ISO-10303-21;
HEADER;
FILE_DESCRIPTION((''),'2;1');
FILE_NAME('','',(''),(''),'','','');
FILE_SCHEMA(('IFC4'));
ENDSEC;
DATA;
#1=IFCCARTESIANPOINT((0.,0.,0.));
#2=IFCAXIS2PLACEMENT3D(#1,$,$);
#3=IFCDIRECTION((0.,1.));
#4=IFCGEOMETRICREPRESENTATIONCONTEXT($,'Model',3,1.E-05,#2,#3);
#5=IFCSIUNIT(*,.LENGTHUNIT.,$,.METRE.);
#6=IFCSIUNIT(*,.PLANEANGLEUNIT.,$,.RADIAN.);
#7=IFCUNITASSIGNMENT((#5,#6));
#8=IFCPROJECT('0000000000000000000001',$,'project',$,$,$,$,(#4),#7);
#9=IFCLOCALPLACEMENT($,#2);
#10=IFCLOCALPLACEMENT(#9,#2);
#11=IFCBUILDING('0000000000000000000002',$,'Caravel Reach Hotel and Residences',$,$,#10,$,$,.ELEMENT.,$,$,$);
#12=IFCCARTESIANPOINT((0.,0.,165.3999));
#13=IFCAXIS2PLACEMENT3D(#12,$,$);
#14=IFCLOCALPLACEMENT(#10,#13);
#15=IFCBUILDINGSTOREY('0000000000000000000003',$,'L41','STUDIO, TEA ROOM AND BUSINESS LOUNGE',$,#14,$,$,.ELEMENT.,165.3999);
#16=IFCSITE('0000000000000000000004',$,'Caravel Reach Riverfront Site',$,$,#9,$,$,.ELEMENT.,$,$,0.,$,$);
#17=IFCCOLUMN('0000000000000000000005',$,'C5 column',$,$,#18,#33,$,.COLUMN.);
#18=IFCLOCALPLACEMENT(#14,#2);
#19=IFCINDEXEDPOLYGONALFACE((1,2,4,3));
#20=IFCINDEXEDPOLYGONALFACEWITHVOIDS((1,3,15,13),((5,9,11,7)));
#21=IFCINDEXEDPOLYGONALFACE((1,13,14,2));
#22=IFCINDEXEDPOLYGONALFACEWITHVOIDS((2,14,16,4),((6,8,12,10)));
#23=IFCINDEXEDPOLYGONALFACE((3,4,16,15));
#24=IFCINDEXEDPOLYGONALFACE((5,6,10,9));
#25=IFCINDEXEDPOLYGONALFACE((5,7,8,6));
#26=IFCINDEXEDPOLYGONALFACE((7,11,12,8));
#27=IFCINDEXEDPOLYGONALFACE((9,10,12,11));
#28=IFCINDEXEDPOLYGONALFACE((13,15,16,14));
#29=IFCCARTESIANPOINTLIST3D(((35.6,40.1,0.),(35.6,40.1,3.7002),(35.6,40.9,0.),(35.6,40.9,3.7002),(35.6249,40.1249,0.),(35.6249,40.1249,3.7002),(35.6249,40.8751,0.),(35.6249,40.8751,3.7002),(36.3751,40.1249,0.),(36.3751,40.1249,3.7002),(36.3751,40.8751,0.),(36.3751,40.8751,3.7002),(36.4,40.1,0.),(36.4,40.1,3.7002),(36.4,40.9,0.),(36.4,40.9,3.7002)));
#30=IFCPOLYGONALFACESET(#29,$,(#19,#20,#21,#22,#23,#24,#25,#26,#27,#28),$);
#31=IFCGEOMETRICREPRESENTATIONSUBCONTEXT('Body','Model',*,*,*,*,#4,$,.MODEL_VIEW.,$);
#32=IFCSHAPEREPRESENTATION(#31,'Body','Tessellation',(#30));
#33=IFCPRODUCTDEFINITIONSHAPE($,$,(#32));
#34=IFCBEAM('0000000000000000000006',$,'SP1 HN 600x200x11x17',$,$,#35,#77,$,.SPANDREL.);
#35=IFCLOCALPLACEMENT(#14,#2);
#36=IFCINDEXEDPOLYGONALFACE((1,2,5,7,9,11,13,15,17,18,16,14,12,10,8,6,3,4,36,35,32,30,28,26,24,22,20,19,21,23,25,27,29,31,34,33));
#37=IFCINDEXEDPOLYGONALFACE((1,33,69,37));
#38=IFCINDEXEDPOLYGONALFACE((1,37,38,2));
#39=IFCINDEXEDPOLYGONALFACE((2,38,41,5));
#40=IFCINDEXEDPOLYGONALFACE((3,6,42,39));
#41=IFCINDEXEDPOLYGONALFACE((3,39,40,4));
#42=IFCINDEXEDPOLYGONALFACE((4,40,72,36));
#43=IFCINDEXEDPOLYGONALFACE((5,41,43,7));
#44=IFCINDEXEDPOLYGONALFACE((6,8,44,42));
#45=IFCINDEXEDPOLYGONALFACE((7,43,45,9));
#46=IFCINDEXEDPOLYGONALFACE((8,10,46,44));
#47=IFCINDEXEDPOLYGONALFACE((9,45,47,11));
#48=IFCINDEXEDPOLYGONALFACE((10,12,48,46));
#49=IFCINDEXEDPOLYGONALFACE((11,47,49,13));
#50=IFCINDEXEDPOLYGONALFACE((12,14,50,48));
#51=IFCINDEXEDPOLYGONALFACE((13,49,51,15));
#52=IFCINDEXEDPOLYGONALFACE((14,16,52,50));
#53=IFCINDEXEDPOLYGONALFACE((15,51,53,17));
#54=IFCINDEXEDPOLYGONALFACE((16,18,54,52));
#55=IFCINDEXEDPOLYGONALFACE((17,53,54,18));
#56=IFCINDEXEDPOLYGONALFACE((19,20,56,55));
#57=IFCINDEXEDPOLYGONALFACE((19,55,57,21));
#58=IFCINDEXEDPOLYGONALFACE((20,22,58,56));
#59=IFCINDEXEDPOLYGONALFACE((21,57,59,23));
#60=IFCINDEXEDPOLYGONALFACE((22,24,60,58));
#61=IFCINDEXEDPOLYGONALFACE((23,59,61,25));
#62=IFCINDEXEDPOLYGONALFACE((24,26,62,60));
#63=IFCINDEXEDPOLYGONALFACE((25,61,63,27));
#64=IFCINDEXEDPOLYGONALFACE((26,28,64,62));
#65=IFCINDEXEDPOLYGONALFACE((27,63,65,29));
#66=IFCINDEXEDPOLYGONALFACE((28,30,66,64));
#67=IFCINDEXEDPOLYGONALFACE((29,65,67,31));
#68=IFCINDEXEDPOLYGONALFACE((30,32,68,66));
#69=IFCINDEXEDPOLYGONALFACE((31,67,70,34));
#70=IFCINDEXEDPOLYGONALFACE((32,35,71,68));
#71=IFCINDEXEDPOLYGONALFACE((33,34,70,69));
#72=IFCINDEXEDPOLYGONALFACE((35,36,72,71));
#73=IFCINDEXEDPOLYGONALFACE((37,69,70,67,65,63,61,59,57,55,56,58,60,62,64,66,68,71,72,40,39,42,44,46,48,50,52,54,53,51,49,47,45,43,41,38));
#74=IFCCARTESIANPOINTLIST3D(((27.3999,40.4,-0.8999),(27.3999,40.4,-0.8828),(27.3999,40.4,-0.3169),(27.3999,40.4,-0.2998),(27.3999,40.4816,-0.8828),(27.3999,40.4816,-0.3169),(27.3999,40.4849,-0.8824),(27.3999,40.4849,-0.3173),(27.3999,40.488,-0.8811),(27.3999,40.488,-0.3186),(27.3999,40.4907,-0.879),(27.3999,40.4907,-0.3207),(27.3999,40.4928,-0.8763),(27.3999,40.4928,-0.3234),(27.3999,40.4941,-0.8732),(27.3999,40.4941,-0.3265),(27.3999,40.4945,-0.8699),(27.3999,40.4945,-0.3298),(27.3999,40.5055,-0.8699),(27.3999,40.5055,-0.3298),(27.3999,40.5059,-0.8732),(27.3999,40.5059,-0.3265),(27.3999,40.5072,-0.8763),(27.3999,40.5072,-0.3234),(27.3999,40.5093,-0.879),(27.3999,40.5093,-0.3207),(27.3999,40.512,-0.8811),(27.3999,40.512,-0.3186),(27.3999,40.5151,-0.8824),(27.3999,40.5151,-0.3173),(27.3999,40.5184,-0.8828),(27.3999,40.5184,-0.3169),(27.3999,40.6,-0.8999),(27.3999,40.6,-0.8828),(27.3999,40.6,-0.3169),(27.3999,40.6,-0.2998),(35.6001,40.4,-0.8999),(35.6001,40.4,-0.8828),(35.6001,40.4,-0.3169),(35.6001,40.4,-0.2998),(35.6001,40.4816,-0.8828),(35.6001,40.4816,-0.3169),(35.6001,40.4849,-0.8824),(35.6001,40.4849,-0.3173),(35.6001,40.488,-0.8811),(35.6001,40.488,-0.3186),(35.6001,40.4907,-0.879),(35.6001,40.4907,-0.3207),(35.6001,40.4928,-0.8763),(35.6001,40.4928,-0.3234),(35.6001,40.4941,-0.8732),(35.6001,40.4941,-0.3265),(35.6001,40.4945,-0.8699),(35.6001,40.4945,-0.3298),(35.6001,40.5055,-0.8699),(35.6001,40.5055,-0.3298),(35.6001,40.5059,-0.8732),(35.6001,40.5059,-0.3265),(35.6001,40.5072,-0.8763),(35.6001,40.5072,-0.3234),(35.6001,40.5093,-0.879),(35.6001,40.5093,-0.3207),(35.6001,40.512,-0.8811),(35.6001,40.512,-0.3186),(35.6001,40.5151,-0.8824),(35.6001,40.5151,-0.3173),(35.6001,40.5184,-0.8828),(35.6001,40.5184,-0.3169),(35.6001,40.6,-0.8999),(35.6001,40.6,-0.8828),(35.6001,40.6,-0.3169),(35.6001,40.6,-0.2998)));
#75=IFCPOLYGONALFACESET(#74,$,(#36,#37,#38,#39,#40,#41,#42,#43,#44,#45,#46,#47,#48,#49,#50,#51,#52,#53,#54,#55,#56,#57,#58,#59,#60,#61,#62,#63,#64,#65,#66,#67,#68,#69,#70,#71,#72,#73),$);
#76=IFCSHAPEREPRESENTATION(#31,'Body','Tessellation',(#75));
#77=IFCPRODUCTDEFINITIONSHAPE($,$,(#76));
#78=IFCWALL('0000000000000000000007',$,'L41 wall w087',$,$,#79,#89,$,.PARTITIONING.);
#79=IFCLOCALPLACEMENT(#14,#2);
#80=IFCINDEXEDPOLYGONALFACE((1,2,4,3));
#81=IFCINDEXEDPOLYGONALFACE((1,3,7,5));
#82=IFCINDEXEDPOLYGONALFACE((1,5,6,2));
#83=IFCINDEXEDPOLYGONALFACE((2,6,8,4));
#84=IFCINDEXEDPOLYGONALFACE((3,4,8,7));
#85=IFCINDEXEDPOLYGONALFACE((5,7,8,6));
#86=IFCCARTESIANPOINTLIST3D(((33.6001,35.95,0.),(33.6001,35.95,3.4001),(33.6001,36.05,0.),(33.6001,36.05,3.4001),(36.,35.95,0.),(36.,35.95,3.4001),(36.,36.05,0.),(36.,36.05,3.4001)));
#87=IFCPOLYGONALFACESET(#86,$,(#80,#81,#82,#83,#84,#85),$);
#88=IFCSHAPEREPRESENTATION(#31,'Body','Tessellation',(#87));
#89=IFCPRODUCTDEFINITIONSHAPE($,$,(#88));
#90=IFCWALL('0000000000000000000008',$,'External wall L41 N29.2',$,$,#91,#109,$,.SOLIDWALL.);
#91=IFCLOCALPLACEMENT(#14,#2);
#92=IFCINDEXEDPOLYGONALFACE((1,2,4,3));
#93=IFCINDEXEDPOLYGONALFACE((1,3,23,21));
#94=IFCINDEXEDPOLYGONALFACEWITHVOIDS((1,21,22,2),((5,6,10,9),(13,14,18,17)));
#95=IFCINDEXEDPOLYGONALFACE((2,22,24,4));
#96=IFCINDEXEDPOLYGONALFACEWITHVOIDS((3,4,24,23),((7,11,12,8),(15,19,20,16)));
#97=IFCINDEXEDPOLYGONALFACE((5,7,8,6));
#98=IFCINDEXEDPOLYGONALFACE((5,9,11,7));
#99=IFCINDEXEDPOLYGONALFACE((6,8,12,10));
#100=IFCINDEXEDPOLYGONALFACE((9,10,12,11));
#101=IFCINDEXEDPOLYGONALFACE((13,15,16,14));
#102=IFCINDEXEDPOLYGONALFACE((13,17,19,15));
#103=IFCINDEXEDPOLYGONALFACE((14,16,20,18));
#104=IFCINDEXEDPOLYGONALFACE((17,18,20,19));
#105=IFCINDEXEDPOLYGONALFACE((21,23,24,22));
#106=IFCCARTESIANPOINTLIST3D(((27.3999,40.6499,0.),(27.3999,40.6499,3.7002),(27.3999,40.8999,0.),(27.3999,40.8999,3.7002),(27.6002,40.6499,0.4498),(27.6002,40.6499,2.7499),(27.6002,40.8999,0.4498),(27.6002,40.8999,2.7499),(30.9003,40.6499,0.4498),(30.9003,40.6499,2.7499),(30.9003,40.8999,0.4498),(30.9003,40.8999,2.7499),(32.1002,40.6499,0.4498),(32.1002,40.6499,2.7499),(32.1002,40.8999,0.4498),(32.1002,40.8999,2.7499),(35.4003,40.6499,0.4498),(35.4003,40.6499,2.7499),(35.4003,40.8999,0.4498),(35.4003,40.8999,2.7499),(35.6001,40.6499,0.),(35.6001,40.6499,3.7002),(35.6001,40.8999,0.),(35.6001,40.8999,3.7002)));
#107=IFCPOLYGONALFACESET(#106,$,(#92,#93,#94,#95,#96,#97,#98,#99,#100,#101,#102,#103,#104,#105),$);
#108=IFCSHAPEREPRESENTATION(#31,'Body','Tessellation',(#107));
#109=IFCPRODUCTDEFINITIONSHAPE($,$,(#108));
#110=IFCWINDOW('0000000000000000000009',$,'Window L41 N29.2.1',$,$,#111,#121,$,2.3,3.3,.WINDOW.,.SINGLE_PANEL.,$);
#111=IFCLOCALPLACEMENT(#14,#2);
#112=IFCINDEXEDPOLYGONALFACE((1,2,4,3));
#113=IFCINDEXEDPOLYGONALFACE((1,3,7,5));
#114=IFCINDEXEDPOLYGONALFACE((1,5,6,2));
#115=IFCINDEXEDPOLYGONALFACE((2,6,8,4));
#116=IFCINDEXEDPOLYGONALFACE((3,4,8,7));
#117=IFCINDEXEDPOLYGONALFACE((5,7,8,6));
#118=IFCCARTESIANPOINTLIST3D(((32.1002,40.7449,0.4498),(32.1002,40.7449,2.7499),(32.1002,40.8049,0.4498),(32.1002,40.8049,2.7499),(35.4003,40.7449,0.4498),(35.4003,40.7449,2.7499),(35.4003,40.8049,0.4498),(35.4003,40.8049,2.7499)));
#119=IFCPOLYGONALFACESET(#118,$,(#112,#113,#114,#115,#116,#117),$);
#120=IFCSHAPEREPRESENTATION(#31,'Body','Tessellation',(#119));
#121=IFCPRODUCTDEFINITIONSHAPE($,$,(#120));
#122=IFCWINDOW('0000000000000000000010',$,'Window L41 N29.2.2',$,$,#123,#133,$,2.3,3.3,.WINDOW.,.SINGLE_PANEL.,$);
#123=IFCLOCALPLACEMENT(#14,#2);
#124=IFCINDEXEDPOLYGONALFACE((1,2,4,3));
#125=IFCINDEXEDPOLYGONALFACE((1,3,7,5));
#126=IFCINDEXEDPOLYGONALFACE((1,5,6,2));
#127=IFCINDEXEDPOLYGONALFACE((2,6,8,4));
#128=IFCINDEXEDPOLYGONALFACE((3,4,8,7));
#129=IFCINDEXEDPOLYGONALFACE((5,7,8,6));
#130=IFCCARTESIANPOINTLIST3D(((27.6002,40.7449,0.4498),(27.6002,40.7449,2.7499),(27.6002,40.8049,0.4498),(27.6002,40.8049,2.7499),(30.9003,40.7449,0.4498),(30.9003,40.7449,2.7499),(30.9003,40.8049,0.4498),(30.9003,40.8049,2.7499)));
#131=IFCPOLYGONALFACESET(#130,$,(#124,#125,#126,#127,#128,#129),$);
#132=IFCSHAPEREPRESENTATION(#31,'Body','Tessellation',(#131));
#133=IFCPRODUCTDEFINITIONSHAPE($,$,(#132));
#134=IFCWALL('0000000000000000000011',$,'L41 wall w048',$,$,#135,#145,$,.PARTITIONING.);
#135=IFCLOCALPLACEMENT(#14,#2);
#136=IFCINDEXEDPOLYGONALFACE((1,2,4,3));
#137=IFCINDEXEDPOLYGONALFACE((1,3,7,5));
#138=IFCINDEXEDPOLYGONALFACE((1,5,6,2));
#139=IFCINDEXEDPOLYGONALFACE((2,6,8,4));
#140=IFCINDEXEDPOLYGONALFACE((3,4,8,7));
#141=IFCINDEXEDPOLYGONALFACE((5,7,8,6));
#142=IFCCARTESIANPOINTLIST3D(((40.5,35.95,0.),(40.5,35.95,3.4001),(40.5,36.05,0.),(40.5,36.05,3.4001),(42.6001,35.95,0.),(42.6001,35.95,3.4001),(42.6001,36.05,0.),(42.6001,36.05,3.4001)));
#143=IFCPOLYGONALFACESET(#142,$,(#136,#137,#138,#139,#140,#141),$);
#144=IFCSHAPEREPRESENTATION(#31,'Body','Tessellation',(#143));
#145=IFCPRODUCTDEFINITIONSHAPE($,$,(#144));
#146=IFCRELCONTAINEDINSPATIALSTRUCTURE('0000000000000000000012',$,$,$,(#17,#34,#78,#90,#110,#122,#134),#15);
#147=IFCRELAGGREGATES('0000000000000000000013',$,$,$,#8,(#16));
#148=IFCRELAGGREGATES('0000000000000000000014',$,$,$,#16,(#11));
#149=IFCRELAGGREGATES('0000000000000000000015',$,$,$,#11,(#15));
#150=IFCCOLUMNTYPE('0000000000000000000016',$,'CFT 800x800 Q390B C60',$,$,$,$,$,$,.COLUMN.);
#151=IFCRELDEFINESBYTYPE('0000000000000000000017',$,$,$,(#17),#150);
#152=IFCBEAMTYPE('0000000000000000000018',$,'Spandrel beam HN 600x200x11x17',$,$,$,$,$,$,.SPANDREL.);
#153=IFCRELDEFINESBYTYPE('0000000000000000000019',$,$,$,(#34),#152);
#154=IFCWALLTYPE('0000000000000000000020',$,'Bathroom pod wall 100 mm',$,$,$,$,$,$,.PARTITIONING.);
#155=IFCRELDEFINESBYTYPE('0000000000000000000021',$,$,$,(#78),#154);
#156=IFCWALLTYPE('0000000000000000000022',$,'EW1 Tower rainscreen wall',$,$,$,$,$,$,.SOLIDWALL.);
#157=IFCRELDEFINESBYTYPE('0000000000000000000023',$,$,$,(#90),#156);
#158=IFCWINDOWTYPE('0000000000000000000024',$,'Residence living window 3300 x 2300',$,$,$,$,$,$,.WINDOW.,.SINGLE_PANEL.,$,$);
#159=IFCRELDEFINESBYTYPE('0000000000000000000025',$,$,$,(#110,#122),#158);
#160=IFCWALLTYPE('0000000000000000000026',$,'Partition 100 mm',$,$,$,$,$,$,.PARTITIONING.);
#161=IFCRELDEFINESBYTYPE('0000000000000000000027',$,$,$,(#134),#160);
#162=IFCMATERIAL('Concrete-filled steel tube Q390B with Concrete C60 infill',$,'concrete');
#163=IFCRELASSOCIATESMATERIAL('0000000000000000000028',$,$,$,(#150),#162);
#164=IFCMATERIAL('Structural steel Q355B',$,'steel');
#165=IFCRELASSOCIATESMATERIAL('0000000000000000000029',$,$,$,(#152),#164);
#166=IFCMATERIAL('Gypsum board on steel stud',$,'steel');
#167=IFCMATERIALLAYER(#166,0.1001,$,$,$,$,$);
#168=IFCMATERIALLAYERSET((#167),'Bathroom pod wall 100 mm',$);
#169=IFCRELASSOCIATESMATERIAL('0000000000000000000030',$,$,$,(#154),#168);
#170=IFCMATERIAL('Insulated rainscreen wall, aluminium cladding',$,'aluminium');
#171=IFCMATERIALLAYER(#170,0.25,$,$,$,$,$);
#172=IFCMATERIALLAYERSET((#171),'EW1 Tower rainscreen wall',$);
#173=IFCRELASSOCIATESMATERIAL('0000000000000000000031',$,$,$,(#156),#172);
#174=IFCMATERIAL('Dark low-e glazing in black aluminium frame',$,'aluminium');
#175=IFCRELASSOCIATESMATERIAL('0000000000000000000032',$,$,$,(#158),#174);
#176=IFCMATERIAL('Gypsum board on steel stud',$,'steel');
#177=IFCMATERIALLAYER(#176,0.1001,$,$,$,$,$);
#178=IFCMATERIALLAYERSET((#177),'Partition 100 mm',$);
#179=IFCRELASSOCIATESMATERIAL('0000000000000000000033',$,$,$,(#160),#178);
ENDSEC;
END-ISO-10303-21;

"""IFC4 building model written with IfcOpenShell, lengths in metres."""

from ifc_helpers import new_model, si_unit, direction, frame, frame_2d, origin, origin_2d, place, context, subcontext, project, spatial, rectangle, hollow_rectangle, i_section, extrude, material, layer, layer_set, material_profile, profile_set, type_object, element, fill, save


model = new_model("IFC4")

# Units and contexts
model_context = context("Model", 3, precision=1e-05, world=origin(), true_north=direction((0.0, 1.0)))
body_context = subcontext(model_context, "Body", "Model", "MODEL_VIEW")
ifc_project = project(units=[si_unit("LENGTHUNIT", "METRE"), si_unit("PLANEANGLEUNIT", "RADIAN")], contexts=[model_context])

# Site, building, storey
site_placement = place(None, origin())
site = spatial("IfcSite", under=ifc_project, at=site_placement, Name="Caravel Reach Riverfront Site", CompositionType="ELEMENT", RefElevation=0.0)
building_placement = place(site_placement, origin())
building = spatial("IfcBuilding", under=site, at=building_placement, Name="Caravel Reach Hotel and Residences", CompositionType="ELEMENT")
storey_placement = place(building_placement, frame((0.0, 0.0, 165.3999)))
storey = spatial("IfcBuildingStorey", under=building, at=storey_placement, Name="L41", Description="STUDIO, TEA ROOM AND BUSINESS LOUNGE", CompositionType="ELEMENT", Elevation=165.3999)

# Column
ifc_material_1 = material(Name="Concrete-filled steel tube Q390B with Concrete C60 infill", Category="concrete")
ifc_material_profile_1 = material_profile(ifc_material_1, hollow_rectangle(XDim=0.8, YDim=0.8, WallThickness=0.0249, at=origin_2d()), Name="RHS 800x800x25")
ifc_profile_set_1 = profile_set([ifc_material_profile_1], Name="Concrete-filled steel tube Q390B with Concrete C60 infill")
column_type = type_object("IfcColumnType", Name="CFT 800x800 Q390B C60", PredefinedType="COLUMN", material=ifc_profile_set_1)
column_placement = place(storey_placement, frame((36.0, 40.5, 0.0), z_axis=(0.0, 0.0, 1.0), x_axis=(1.0, 0.0, 0.0)))
element("IfcColumn", 1, at=column_placement, inside=storey, type_object=column_type, Name="C5 column", PredefinedType="COLUMN", context=body_context, shape_type="SweptSolid", body=[
    extrude(hollow_rectangle(XDim=0.8, YDim=0.8, WallThickness=0.0249, at=origin_2d()), origin(), (0.0, 0.0, 1.0), 3.7002),
])

# Beam
ifc_material_2 = material(Name="Structural steel Q355B", Category="steel")
ifc_material_profile_2 = material_profile(ifc_material_2, i_section(OverallWidth=0.2, OverallDepth=0.6001, WebThickness=0.011, FlangeThickness=0.0171, FilletRadius=0.0129, at=origin_2d()), Name="HN 600x200x11x17")
ifc_profile_set_2 = profile_set([ifc_material_profile_2], Name="Structural steel Q355B")
beam_type = type_object("IfcBeamType", Name="Spandrel beam HN 600x200x11x17", PredefinedType="SPANDREL", material=ifc_profile_set_2)
beam_placement = place(storey_placement, frame((35.6001, 40.5, -0.5999), z_axis=(-1.0, 0.0, 0.0), x_axis=(0.0, -1.0, 0.0)))
element("IfcBeam", 2, at=beam_placement, inside=storey, type_object=beam_type, Name="SP1 HN 600x200x11x17", PredefinedType="SPANDREL", context=body_context, shape_type="SweptSolid", body=[
    extrude(i_section(OverallWidth=0.2, OverallDepth=0.6001, WebThickness=0.011, FlangeThickness=0.0171, FilletRadius=0.0129, at=origin_2d()), origin(), (0.0, 0.0, 1.0), 8.2002),
])

# Wall
ifc_material_3 = material(Name="Gypsum board on steel stud", Category="steel")
ifc_layer_1 = layer(ifc_material_3, 0.1001)
ifc_layer_set_1 = layer_set([ifc_layer_1], Name="Bathroom pod wall 100 mm")
wall_type_1 = type_object("IfcWallType", Name="Bathroom pod wall 100 mm", PredefinedType="PARTITIONING", material=ifc_layer_set_1)
wall_1_placement = place(storey_placement, frame((33.6001, 36.0, 0.0), z_axis=(0.0, 0.0, 1.0), x_axis=(1.0, 0.0, 0.0)))
element("IfcWall", 3, at=wall_1_placement, inside=storey, type_object=wall_type_1, Name="L41 wall w087", PredefinedType="PARTITIONING", context=body_context, shape_type="SweptSolid", body=[
    extrude(rectangle(XDim=2.3999, YDim=0.1001, at=frame_2d((1.2, 0.0))), origin(), (0.0, 0.0, 1.0), 3.4001),
])

# Wall, openings, windows
ifc_material_4 = material(Name="Insulated rainscreen wall, aluminium cladding", Category="aluminium")
ifc_layer_2 = layer(ifc_material_4, 0.25)
ifc_layer_set_2 = layer_set([ifc_layer_2], Name="EW1 Tower rainscreen wall")
wall_type_2 = type_object("IfcWallType", Name="EW1 Tower rainscreen wall", PredefinedType="SOLIDWALL", material=ifc_layer_set_2)
wall_2_placement = place(storey_placement, frame((35.6001, 40.7749, 0.0), z_axis=(0.0, 0.0, 1.0), x_axis=(-1.0, 0.0, 0.0)))
wall_2 = element("IfcWall", 4, at=wall_2_placement, inside=storey, type_object=wall_type_2, Name="External wall L41 N29.2", PredefinedType="SOLIDWALL", context=body_context, shape_type="SweptSolid", body=[
    extrude(rectangle(XDim=8.2002, YDim=0.25, at=frame_2d((4.1001, 0.0))), origin(), (0.0, 0.0, 1.0), 3.7002),
])
opening_1_placement = place(wall_2_placement, frame((0.2, 0.0, 0.45)))
opening_1 = element("IfcOpeningElement", 5, at=opening_1_placement, cuts=wall_2, PredefinedType="OPENING", context=body_context, shape_type="SweptSolid", body=[
    extrude(rectangle(XDim=3.3, YDim=2.3, at=frame_2d((1.6499, 1.1499))), frame((0.0, 0.135, 0.0), z_axis=(0.0, -1.0, 0.0), x_axis=(1.0, 0.0, 0.0)), (0.0, 0.0, 1.0), 0.27),
])
opening_2_placement = place(wall_2_placement, frame((4.7, 0.0, 0.45)))
opening_2 = element("IfcOpeningElement", 6, at=opening_2_placement, cuts=wall_2, PredefinedType="OPENING", context=body_context, shape_type="SweptSolid", body=[
    extrude(rectangle(XDim=3.3, YDim=2.3, at=frame_2d((1.6499, 1.1499))), frame((0.0, 0.135, 0.0), z_axis=(0.0, -1.0, 0.0), x_axis=(1.0, 0.0, 0.0)), (0.0, 0.0, 1.0), 0.27),
])
ifc_material_5 = material(Name="Dark low-e glazing in black aluminium frame", Category="aluminium")
window_type = type_object("IfcWindowType", Name="Residence living window 3300 x 2300", PartitioningType="SINGLE_PANEL", PredefinedType="WINDOW", material=ifc_material_5)
window_1_placement = place(opening_1_placement, origin())
window_1 = element("IfcWindow", 7, at=window_1_placement, inside=storey, type_object=window_type, Name="Window L41 N29.2.1", OverallHeight=2.3, OverallWidth=3.3, PartitioningType="SINGLE_PANEL", PredefinedType="WINDOW", context=body_context, shape_type="SweptSolid", body=[
    extrude(rectangle(XDim=3.3, YDim=2.3, at=frame_2d((1.6499, 1.1499))), frame((0.0, 0.03, 0.0), z_axis=(0.0, -1.0, 0.0), x_axis=(1.0, 0.0, 0.0)), (0.0, 0.0, 1.0), 0.0601),
])
fill(opening_1, window_1)
window_2_placement = place(opening_2_placement, origin())
window_2 = element("IfcWindow", 8, at=window_2_placement, inside=storey, type_object=window_type, Name="Window L41 N29.2.2", OverallHeight=2.3, OverallWidth=3.3, PartitioningType="SINGLE_PANEL", PredefinedType="WINDOW", context=body_context, shape_type="SweptSolid", body=[
    extrude(rectangle(XDim=3.3, YDim=2.3, at=frame_2d((1.6499, 1.1499))), frame((0.0, 0.03, 0.0), z_axis=(0.0, -1.0, 0.0), x_axis=(1.0, 0.0, 0.0)), (0.0, 0.0, 1.0), 0.0601),
])
fill(opening_2, window_2)

# Wall
ifc_material_6 = material(Name="Gypsum board on steel stud", Category="steel")
ifc_layer_3 = layer(ifc_material_6, 0.1001)
ifc_layer_set_3 = layer_set([ifc_layer_3], Name="Partition 100 mm")
wall_type_3 = type_object("IfcWallType", Name="Partition 100 mm", PredefinedType="PARTITIONING", material=ifc_layer_set_3)
wall_3_placement = place(storey_placement, frame((40.5, 36.0, 0.0), z_axis=(0.0, 0.0, 1.0), x_axis=(1.0, 0.0, 0.0)))
element("IfcWall", 9, at=wall_3_placement, inside=storey, type_object=wall_type_3, Name="L41 wall w048", PredefinedType="PARTITIONING", context=body_context, shape_type="SweptSolid", body=[
    extrude(rectangle(XDim=2.1001, YDim=0.1001, at=frame_2d((1.05, 0.0))), origin(), (0.0, 0.0, 1.0), 3.4001),
])

save(model, "model.ifc")
